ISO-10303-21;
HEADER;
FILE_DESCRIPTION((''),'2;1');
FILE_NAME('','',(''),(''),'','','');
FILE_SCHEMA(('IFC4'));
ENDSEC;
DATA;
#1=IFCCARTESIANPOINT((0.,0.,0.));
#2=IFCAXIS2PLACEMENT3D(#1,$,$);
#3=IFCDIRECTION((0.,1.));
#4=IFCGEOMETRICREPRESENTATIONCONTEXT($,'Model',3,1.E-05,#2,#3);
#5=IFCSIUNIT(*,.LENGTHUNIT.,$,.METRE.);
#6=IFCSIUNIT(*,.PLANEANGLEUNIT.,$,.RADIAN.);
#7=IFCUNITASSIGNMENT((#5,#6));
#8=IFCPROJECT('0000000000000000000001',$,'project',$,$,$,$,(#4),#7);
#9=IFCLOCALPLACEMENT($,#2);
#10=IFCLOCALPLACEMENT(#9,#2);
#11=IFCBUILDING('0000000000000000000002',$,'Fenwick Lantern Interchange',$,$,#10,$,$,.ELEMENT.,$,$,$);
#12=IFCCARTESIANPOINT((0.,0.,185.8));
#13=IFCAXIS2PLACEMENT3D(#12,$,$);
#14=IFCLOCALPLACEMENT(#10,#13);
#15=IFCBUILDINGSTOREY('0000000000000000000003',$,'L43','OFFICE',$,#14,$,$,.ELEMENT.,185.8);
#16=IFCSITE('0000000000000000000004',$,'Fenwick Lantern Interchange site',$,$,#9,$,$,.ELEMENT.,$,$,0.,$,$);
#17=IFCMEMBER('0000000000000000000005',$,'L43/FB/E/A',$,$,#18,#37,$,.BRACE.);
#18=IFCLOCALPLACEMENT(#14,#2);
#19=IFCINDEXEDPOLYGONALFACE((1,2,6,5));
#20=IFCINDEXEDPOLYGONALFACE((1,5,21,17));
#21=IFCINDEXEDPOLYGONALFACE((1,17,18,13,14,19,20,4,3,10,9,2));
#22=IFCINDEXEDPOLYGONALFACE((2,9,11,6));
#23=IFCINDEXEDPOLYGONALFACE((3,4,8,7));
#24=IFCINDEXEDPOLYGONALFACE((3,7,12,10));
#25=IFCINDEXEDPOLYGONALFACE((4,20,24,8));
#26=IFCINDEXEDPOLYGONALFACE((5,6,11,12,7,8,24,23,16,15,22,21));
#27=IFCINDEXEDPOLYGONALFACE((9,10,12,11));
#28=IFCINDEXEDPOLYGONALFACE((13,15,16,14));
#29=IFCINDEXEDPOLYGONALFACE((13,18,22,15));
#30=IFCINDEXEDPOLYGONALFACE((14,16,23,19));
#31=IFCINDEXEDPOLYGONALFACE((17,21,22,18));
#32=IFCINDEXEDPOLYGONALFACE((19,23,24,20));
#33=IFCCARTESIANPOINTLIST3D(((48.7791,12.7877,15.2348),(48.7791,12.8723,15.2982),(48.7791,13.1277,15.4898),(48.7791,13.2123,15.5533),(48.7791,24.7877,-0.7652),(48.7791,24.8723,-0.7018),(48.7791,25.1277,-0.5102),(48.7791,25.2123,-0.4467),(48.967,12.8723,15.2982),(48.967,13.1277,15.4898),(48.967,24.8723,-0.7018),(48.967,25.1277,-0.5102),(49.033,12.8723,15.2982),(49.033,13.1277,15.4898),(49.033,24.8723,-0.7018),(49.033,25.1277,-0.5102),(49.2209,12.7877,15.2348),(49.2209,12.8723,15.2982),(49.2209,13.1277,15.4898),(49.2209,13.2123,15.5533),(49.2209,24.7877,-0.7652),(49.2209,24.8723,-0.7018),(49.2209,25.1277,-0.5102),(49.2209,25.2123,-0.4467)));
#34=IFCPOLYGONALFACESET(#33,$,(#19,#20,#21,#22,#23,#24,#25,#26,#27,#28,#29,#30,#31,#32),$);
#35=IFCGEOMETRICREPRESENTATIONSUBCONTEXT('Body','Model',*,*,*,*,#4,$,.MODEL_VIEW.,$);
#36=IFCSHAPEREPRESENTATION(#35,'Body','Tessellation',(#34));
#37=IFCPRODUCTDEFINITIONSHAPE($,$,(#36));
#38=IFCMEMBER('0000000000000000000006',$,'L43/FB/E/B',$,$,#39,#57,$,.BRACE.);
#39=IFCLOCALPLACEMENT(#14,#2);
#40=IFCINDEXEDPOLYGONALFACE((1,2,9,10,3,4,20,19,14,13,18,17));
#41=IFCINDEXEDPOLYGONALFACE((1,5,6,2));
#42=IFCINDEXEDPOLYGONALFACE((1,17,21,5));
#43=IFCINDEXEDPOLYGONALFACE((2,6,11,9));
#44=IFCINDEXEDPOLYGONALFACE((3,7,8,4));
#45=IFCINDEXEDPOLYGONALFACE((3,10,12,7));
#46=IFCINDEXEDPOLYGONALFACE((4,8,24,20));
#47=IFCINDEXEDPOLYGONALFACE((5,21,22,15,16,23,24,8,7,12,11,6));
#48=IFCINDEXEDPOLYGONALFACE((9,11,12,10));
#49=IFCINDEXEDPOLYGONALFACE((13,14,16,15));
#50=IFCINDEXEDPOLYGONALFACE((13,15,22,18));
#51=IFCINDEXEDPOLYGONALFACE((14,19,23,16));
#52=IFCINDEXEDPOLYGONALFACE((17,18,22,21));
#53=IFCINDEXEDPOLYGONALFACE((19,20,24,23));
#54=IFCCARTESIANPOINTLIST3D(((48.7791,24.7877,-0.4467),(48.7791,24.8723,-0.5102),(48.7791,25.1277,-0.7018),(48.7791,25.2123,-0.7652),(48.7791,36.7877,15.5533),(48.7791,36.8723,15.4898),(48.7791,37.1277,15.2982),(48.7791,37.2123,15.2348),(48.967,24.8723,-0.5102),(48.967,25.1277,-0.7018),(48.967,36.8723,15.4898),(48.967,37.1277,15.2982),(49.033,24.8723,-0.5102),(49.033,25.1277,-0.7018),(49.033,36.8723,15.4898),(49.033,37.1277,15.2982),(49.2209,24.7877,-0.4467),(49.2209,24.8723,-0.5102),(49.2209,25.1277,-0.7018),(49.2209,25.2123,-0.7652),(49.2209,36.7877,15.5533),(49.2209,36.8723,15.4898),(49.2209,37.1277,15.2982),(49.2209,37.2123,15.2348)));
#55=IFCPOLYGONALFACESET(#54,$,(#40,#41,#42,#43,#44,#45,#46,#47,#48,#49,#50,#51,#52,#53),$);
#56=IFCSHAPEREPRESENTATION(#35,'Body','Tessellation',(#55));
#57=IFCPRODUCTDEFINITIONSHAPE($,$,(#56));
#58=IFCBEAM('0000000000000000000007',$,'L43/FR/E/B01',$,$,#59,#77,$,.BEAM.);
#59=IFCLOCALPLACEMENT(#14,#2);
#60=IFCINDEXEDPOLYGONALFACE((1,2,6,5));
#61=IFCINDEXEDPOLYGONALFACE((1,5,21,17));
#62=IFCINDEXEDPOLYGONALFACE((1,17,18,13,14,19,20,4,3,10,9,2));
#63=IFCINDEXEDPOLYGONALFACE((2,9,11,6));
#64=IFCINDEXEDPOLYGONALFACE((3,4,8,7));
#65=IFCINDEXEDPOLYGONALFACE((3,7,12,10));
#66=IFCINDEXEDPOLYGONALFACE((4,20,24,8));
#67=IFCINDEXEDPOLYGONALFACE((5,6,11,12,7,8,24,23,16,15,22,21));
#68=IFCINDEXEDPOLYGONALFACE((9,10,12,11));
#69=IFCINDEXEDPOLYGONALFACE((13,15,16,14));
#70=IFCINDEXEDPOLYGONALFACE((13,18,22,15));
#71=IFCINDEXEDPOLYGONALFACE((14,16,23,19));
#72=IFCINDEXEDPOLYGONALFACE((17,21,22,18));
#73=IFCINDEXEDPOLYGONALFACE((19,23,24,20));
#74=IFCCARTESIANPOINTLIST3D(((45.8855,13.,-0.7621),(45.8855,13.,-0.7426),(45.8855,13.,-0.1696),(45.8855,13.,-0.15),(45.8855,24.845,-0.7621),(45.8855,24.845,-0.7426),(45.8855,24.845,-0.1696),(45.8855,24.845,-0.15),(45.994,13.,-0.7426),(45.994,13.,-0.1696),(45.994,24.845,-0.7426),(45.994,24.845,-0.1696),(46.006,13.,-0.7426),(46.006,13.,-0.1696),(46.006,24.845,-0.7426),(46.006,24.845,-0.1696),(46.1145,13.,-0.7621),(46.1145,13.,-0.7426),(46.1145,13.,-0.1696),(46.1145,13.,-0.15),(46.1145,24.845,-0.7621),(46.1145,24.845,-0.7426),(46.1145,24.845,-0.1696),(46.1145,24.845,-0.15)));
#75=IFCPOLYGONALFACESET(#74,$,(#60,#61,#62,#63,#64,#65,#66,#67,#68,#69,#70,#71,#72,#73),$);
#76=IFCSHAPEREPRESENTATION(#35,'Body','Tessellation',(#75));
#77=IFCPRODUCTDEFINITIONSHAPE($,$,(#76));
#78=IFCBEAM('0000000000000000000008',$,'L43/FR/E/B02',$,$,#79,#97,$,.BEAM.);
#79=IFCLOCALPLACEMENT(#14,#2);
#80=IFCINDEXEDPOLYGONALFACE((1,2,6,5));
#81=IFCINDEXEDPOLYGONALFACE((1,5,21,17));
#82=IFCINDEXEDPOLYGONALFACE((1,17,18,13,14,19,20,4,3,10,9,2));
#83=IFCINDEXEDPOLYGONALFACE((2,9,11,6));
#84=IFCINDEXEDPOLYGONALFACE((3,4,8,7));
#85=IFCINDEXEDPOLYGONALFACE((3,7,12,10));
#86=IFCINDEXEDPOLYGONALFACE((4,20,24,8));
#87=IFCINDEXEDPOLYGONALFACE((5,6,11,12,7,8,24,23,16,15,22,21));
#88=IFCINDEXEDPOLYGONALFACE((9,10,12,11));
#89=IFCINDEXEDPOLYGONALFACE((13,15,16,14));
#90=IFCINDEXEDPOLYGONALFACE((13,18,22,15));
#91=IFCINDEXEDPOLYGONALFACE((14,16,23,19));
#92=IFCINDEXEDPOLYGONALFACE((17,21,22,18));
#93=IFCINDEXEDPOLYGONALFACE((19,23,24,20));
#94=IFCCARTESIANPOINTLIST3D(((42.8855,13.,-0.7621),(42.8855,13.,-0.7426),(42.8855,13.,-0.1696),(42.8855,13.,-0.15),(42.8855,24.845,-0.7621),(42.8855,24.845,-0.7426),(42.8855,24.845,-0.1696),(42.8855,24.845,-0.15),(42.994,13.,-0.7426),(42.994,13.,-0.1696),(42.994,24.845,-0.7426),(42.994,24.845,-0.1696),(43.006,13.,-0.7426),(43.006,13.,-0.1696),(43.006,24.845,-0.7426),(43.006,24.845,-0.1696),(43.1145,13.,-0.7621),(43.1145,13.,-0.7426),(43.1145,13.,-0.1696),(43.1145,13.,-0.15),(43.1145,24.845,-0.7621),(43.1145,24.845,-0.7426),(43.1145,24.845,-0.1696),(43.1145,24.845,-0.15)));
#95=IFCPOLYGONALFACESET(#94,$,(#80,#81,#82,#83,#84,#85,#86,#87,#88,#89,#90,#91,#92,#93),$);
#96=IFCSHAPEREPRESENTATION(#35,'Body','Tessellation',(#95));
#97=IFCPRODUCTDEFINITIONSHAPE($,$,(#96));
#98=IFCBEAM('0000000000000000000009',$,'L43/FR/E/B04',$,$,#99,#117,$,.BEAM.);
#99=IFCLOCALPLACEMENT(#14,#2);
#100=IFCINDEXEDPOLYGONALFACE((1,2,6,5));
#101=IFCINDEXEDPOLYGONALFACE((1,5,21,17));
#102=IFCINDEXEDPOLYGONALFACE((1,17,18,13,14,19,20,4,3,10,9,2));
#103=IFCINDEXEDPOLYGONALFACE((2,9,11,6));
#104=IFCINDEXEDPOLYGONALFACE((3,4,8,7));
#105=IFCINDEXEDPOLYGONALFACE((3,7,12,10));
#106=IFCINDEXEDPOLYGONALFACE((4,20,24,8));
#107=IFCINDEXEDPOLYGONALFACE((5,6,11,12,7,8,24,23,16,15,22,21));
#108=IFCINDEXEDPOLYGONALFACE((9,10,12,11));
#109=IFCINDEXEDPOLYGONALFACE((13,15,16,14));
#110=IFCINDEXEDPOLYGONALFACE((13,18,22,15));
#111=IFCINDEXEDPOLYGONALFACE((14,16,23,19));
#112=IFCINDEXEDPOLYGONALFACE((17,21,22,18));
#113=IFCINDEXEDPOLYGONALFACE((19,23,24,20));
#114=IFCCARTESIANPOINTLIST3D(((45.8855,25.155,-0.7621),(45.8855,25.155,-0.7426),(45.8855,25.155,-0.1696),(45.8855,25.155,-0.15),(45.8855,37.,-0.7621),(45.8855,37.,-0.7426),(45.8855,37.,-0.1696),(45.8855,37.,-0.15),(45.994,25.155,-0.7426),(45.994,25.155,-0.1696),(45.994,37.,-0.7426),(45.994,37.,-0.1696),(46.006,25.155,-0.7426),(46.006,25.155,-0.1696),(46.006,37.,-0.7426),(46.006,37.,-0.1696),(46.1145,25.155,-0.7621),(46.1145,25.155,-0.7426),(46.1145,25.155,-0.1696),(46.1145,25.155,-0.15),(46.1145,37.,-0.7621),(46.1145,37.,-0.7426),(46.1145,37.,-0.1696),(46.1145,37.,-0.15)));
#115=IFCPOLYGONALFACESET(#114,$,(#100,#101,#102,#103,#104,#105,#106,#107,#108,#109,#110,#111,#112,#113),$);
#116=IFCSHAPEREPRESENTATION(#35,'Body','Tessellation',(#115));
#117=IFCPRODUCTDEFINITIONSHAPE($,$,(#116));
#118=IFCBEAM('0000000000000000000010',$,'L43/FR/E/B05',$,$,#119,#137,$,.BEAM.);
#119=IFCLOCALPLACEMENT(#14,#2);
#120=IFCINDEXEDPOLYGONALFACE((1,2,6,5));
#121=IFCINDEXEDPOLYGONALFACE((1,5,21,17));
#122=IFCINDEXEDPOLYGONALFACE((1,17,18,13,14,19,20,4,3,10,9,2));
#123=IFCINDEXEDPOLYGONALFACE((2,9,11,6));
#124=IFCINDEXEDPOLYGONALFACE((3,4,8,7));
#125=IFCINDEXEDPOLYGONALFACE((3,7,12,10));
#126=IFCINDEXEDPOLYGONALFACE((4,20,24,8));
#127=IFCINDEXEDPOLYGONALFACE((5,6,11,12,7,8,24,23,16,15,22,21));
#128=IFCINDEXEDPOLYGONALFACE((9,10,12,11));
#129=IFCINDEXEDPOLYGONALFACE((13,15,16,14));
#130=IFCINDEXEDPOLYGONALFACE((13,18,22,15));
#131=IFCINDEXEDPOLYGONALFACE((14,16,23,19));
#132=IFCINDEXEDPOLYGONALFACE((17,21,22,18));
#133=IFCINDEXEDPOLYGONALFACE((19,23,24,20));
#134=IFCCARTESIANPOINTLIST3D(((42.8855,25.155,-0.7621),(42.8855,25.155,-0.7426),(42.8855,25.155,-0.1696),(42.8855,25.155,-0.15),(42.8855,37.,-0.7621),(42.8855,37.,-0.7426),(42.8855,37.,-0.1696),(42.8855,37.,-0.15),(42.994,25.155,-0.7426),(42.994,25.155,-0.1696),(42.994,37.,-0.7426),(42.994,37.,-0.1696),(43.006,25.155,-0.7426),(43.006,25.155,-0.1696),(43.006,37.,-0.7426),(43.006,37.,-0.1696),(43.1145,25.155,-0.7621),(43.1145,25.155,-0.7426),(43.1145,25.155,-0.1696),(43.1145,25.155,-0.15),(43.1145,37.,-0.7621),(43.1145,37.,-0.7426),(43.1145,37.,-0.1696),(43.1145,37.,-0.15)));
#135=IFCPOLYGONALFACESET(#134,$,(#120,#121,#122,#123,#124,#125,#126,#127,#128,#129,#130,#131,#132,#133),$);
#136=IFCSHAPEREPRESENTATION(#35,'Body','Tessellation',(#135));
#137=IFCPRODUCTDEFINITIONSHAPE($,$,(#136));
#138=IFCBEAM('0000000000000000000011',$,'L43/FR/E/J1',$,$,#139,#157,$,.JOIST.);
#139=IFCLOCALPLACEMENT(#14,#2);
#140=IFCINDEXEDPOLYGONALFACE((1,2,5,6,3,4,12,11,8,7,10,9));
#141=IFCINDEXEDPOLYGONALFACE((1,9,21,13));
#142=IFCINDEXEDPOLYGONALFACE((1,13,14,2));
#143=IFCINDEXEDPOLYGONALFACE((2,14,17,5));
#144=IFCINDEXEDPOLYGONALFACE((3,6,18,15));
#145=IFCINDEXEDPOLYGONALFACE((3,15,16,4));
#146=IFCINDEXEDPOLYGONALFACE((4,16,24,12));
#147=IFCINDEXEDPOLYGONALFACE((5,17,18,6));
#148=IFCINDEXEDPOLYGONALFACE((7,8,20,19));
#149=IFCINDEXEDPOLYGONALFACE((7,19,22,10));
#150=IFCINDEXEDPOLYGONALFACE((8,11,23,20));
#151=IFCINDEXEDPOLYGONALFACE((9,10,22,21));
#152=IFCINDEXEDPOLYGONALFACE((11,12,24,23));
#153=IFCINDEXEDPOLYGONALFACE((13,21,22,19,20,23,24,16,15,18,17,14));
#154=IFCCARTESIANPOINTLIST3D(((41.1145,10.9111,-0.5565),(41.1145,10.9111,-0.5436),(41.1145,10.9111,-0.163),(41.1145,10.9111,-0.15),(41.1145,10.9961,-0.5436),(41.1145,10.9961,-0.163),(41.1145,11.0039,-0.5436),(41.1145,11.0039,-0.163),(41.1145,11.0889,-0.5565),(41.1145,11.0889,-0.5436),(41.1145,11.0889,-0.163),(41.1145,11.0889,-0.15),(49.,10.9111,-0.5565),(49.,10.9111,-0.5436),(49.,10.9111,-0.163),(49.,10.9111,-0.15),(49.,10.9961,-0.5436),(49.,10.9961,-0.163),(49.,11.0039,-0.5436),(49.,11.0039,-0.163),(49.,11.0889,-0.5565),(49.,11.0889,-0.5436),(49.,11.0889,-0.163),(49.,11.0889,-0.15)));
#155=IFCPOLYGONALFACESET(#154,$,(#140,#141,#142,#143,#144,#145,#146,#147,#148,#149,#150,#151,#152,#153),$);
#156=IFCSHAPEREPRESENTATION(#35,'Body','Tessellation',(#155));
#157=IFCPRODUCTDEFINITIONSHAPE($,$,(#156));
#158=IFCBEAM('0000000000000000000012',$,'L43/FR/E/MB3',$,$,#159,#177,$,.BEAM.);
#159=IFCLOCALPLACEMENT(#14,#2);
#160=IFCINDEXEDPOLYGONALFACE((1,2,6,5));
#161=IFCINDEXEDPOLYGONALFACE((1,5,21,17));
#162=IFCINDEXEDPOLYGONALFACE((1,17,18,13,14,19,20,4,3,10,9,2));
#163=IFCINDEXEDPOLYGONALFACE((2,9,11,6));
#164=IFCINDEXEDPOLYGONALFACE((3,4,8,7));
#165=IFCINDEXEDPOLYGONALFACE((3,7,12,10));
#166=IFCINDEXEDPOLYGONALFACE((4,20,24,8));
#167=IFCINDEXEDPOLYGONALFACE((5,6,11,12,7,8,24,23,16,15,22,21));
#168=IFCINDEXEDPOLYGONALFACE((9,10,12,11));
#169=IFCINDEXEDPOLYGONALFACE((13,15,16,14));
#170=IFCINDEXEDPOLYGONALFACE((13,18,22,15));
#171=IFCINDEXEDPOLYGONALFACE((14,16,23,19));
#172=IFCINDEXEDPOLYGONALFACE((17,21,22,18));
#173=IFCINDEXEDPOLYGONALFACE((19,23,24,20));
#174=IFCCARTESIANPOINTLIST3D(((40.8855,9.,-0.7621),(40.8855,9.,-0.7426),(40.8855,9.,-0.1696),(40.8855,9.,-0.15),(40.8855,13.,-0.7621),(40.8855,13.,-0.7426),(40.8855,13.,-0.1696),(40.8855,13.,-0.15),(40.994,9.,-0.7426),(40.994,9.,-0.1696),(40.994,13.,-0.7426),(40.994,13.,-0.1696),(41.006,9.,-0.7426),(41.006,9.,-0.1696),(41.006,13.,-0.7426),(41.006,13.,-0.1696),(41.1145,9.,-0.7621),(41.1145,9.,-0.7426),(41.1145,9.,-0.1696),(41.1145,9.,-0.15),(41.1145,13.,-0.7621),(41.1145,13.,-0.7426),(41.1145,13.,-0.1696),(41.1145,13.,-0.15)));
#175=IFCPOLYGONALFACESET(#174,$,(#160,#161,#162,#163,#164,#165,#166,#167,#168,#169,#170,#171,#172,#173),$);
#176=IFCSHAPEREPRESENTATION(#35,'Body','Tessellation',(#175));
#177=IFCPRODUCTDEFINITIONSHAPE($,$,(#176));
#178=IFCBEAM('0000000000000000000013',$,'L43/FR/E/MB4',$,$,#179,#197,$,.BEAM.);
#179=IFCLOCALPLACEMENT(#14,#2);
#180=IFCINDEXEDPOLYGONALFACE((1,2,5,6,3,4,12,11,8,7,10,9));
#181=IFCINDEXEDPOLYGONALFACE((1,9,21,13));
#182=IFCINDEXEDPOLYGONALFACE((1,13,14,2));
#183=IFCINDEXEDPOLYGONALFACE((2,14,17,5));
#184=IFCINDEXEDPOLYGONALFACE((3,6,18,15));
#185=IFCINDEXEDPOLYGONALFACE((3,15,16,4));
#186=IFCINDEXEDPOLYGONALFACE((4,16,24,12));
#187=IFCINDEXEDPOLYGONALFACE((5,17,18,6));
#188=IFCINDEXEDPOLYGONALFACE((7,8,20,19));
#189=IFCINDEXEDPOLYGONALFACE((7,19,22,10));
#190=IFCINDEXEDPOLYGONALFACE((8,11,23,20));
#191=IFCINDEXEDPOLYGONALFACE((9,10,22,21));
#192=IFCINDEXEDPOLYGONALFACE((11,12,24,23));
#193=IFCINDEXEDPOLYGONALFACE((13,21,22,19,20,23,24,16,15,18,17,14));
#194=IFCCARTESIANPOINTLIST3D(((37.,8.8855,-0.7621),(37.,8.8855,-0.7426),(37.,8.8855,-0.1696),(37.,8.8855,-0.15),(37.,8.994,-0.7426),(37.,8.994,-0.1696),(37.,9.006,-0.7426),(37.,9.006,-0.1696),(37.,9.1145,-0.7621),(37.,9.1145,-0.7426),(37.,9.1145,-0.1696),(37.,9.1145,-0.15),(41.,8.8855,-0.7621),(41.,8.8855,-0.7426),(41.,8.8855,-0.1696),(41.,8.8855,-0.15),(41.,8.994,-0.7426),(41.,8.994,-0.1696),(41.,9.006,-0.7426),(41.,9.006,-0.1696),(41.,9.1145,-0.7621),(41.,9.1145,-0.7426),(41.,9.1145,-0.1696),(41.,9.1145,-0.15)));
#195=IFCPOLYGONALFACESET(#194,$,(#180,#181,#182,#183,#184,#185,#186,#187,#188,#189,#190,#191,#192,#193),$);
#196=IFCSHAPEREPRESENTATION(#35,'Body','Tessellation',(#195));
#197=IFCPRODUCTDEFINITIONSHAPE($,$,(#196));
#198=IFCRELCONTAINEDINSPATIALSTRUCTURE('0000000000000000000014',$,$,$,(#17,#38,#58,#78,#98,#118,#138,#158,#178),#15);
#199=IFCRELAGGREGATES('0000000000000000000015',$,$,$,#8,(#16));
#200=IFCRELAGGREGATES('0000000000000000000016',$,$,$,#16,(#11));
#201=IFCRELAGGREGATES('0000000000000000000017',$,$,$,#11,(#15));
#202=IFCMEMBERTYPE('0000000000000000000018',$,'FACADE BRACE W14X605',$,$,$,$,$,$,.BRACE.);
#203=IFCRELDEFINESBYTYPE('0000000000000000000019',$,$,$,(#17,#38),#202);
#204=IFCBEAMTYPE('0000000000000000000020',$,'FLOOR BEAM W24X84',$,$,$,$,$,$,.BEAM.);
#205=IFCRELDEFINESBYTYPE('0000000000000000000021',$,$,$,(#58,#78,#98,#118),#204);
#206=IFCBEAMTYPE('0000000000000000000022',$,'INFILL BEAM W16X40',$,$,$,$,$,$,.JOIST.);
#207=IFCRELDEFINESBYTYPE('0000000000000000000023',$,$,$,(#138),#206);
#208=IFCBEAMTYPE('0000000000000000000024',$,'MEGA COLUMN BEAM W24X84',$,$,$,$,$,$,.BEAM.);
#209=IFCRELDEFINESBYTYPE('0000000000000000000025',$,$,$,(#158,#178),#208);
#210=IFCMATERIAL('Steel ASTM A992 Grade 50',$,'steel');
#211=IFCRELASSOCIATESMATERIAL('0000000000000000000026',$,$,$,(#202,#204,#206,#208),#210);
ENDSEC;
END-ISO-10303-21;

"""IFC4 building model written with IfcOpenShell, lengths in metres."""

from ifc_helpers import new_model, si_unit, direction, frame, origin, origin_2d, place, context, subcontext, project, spatial, i_section, extrude, material, material_profile, profile_set, type_object, element, save


model = new_model("IFC4")

# Units and contexts
model_context = context("Model", 3, precision=1e-05, world=origin(), true_north=direction((0.0, 1.0)))
body_context = subcontext(model_context, "Body", "Model", "MODEL_VIEW")
ifc_project = project(units=[si_unit("LENGTHUNIT", "METRE"), si_unit("PLANEANGLEUNIT", "RADIAN")], contexts=[model_context])

# Site, building, storey
site_placement = place(None, origin())
site = spatial("IfcSite", under=ifc_project, at=site_placement, Name="Fenwick Lantern Interchange site", CompositionType="ELEMENT", RefElevation=0.0)
building_placement = place(site_placement, origin())
building = spatial("IfcBuilding", under=site, at=building_placement, Name="Fenwick Lantern Interchange", CompositionType="ELEMENT")
storey_placement = place(building_placement, frame((0.0, 0.0, 185.8)))
storey = spatial("IfcBuildingStorey", under=building, at=storey_placement, Name="L43", Description="OFFICE", CompositionType="ELEMENT", Elevation=185.8)

# Shared definitions
ifc_material_1 = material(Name="Steel ASTM A992 Grade 50", Category="steel")

# Members
ifc_material_profile_1 = material_profile(ifc_material_1, i_section(OverallWidth=0.4419, OverallDepth=0.5308, WebThickness=0.0659, FlangeThickness=0.1057, at=origin_2d()), Name="W14X605")
ifc_profile_set_1 = profile_set([ifc_material_profile_1], Name="Steel ASTM A992 Grade 50")
member_type_1 = type_object("IfcMemberType", Name="FACADE BRACE W14X605", PredefinedType="BRACE", material=ifc_profile_set_1)
for number, where, z_axis, x_axis, name in (
    (1, (49.0, 25.0, -0.606), (0.0, -0.6, 0.8), (1.0, 0.0, 0.0), "L43/FB/E/A"),
    (2, (49.0, 25.0, -0.606), (0.0, 0.6, 0.8), (-1.0, 0.0, 0.0), "L43/FB/E/B"),
):
    element("IfcMember", number, at=place(storey_placement, frame(where, z_axis=z_axis, x_axis=x_axis)), inside=storey, type_object=member_type_1, Name=name, PredefinedType="BRACE", context=body_context, shape_type="SweptSolid", body=[
        extrude(i_section(OverallWidth=0.4419, OverallDepth=0.5308, WebThickness=0.0659, FlangeThickness=0.1057, at=origin_2d()), origin(), (0.0, 0.0, 1.0), 20.0),
    ])

# Beams
ifc_material_profile_2 = material_profile(ifc_material_1, i_section(OverallWidth=0.229, OverallDepth=0.6121, WebThickness=0.012, FlangeThickness=0.0195, at=origin_2d()), Name="W24X84")
ifc_profile_set_2 = profile_set([ifc_material_profile_2], Name="Steel ASTM A992 Grade 50")
beam_type_1 = type_object("IfcBeamType", Name="FLOOR BEAM W24X84", PredefinedType="BEAM", material=ifc_profile_set_2)
for number, where, z_axis, x_axis, name in (
    (3, (46.0, 13.0, -0.4561), (0.0, 1.0, 0.0), (-1.0, 0.0, 0.0), "L43/FR/E/B01"),
    (4, (43.0, 13.0, -0.4561), (0.0, 1.0, 0.0), (-1.0, 0.0, 0.0), "L43/FR/E/B02"),
    (5, (46.0, 25.155, -0.4561), (0.0, 1.0, 0.0), (-1.0, 0.0, 0.0), "L43/FR/E/B04"),
    (6, (43.0, 25.155, -0.4561), (0.0, 1.0, 0.0), (-1.0, 0.0, 0.0), "L43/FR/E/B05"),
):
    element("IfcBeam", number, at=place(storey_placement, frame(where, z_axis=z_axis, x_axis=x_axis)), inside=storey, type_object=beam_type_1, Name=name, PredefinedType="BEAM", context=body_context, shape_type="SweptSolid", body=[
        extrude(i_section(OverallWidth=0.229, OverallDepth=0.6121, WebThickness=0.012, FlangeThickness=0.0195, at=origin_2d()), origin(), (0.0, 0.0, 1.0), 11.845),
    ])
ifc_material_profile_3 = material_profile(ifc_material_1, i_section(OverallWidth=0.1777, OverallDepth=0.4065, WebThickness=0.0078, FlangeThickness=0.0129, at=origin_2d()), Name="W16X40")
ifc_profile_set_3 = profile_set([ifc_material_profile_3], Name="Steel ASTM A992 Grade 50")
beam_type_2 = type_object("IfcBeamType", Name="INFILL BEAM W16X40", PredefinedType="JOIST", material=ifc_profile_set_3)
beam_1_placement = place(storey_placement, frame((49.0, 11.0, -0.3533), z_axis=(-1.0, 0.0, 0.0), x_axis=(0.0, -1.0, 0.0)))
element("IfcBeam", 7, at=beam_1_placement, inside=storey, type_object=beam_type_2, Name="L43/FR/E/J1", PredefinedType="JOIST", context=body_context, shape_type="SweptSolid", body=[
    extrude(i_section(OverallWidth=0.1777, OverallDepth=0.4065, WebThickness=0.0078, FlangeThickness=0.0129, at=origin_2d()), origin(), (0.0, 0.0, 1.0), 7.8855),
])
ifc_material_profile_4 = material_profile(ifc_material_1, i_section(OverallWidth=0.229, OverallDepth=0.6121, WebThickness=0.012, FlangeThickness=0.0195, at=origin_2d()), Name="W24X84")
ifc_profile_set_4 = profile_set([ifc_material_profile_4], Name="Steel ASTM A992 Grade 50")
beam_type_3 = type_object("IfcBeamType", Name="MEGA COLUMN BEAM W24X84", PredefinedType="BEAM", material=ifc_profile_set_4)
for number, where, z_axis, x_axis, name in (
    (8, (41.0, 9.0, -0.4561), (0.0, 1.0, 0.0), (-1.0, 0.0, 0.0), "L43/FR/E/MB3"),
    (9, (41.0, 9.0, -0.4561), (-1.0, 0.0, 0.0), (0.0, -1.0, 0.0), "L43/FR/E/MB4"),
):
    element("IfcBeam", number, at=place(storey_placement, frame(where, z_axis=z_axis, x_axis=x_axis)), inside=storey, type_object=beam_type_3, Name=name, PredefinedType="BEAM", context=body_context, shape_type="SweptSolid", body=[
        extrude(i_section(OverallWidth=0.229, OverallDepth=0.6121, WebThickness=0.012, FlangeThickness=0.0195, at=origin_2d()), origin(), (0.0, 0.0, 1.0), 4.0),
    ])

save(model, "model.ifc")
